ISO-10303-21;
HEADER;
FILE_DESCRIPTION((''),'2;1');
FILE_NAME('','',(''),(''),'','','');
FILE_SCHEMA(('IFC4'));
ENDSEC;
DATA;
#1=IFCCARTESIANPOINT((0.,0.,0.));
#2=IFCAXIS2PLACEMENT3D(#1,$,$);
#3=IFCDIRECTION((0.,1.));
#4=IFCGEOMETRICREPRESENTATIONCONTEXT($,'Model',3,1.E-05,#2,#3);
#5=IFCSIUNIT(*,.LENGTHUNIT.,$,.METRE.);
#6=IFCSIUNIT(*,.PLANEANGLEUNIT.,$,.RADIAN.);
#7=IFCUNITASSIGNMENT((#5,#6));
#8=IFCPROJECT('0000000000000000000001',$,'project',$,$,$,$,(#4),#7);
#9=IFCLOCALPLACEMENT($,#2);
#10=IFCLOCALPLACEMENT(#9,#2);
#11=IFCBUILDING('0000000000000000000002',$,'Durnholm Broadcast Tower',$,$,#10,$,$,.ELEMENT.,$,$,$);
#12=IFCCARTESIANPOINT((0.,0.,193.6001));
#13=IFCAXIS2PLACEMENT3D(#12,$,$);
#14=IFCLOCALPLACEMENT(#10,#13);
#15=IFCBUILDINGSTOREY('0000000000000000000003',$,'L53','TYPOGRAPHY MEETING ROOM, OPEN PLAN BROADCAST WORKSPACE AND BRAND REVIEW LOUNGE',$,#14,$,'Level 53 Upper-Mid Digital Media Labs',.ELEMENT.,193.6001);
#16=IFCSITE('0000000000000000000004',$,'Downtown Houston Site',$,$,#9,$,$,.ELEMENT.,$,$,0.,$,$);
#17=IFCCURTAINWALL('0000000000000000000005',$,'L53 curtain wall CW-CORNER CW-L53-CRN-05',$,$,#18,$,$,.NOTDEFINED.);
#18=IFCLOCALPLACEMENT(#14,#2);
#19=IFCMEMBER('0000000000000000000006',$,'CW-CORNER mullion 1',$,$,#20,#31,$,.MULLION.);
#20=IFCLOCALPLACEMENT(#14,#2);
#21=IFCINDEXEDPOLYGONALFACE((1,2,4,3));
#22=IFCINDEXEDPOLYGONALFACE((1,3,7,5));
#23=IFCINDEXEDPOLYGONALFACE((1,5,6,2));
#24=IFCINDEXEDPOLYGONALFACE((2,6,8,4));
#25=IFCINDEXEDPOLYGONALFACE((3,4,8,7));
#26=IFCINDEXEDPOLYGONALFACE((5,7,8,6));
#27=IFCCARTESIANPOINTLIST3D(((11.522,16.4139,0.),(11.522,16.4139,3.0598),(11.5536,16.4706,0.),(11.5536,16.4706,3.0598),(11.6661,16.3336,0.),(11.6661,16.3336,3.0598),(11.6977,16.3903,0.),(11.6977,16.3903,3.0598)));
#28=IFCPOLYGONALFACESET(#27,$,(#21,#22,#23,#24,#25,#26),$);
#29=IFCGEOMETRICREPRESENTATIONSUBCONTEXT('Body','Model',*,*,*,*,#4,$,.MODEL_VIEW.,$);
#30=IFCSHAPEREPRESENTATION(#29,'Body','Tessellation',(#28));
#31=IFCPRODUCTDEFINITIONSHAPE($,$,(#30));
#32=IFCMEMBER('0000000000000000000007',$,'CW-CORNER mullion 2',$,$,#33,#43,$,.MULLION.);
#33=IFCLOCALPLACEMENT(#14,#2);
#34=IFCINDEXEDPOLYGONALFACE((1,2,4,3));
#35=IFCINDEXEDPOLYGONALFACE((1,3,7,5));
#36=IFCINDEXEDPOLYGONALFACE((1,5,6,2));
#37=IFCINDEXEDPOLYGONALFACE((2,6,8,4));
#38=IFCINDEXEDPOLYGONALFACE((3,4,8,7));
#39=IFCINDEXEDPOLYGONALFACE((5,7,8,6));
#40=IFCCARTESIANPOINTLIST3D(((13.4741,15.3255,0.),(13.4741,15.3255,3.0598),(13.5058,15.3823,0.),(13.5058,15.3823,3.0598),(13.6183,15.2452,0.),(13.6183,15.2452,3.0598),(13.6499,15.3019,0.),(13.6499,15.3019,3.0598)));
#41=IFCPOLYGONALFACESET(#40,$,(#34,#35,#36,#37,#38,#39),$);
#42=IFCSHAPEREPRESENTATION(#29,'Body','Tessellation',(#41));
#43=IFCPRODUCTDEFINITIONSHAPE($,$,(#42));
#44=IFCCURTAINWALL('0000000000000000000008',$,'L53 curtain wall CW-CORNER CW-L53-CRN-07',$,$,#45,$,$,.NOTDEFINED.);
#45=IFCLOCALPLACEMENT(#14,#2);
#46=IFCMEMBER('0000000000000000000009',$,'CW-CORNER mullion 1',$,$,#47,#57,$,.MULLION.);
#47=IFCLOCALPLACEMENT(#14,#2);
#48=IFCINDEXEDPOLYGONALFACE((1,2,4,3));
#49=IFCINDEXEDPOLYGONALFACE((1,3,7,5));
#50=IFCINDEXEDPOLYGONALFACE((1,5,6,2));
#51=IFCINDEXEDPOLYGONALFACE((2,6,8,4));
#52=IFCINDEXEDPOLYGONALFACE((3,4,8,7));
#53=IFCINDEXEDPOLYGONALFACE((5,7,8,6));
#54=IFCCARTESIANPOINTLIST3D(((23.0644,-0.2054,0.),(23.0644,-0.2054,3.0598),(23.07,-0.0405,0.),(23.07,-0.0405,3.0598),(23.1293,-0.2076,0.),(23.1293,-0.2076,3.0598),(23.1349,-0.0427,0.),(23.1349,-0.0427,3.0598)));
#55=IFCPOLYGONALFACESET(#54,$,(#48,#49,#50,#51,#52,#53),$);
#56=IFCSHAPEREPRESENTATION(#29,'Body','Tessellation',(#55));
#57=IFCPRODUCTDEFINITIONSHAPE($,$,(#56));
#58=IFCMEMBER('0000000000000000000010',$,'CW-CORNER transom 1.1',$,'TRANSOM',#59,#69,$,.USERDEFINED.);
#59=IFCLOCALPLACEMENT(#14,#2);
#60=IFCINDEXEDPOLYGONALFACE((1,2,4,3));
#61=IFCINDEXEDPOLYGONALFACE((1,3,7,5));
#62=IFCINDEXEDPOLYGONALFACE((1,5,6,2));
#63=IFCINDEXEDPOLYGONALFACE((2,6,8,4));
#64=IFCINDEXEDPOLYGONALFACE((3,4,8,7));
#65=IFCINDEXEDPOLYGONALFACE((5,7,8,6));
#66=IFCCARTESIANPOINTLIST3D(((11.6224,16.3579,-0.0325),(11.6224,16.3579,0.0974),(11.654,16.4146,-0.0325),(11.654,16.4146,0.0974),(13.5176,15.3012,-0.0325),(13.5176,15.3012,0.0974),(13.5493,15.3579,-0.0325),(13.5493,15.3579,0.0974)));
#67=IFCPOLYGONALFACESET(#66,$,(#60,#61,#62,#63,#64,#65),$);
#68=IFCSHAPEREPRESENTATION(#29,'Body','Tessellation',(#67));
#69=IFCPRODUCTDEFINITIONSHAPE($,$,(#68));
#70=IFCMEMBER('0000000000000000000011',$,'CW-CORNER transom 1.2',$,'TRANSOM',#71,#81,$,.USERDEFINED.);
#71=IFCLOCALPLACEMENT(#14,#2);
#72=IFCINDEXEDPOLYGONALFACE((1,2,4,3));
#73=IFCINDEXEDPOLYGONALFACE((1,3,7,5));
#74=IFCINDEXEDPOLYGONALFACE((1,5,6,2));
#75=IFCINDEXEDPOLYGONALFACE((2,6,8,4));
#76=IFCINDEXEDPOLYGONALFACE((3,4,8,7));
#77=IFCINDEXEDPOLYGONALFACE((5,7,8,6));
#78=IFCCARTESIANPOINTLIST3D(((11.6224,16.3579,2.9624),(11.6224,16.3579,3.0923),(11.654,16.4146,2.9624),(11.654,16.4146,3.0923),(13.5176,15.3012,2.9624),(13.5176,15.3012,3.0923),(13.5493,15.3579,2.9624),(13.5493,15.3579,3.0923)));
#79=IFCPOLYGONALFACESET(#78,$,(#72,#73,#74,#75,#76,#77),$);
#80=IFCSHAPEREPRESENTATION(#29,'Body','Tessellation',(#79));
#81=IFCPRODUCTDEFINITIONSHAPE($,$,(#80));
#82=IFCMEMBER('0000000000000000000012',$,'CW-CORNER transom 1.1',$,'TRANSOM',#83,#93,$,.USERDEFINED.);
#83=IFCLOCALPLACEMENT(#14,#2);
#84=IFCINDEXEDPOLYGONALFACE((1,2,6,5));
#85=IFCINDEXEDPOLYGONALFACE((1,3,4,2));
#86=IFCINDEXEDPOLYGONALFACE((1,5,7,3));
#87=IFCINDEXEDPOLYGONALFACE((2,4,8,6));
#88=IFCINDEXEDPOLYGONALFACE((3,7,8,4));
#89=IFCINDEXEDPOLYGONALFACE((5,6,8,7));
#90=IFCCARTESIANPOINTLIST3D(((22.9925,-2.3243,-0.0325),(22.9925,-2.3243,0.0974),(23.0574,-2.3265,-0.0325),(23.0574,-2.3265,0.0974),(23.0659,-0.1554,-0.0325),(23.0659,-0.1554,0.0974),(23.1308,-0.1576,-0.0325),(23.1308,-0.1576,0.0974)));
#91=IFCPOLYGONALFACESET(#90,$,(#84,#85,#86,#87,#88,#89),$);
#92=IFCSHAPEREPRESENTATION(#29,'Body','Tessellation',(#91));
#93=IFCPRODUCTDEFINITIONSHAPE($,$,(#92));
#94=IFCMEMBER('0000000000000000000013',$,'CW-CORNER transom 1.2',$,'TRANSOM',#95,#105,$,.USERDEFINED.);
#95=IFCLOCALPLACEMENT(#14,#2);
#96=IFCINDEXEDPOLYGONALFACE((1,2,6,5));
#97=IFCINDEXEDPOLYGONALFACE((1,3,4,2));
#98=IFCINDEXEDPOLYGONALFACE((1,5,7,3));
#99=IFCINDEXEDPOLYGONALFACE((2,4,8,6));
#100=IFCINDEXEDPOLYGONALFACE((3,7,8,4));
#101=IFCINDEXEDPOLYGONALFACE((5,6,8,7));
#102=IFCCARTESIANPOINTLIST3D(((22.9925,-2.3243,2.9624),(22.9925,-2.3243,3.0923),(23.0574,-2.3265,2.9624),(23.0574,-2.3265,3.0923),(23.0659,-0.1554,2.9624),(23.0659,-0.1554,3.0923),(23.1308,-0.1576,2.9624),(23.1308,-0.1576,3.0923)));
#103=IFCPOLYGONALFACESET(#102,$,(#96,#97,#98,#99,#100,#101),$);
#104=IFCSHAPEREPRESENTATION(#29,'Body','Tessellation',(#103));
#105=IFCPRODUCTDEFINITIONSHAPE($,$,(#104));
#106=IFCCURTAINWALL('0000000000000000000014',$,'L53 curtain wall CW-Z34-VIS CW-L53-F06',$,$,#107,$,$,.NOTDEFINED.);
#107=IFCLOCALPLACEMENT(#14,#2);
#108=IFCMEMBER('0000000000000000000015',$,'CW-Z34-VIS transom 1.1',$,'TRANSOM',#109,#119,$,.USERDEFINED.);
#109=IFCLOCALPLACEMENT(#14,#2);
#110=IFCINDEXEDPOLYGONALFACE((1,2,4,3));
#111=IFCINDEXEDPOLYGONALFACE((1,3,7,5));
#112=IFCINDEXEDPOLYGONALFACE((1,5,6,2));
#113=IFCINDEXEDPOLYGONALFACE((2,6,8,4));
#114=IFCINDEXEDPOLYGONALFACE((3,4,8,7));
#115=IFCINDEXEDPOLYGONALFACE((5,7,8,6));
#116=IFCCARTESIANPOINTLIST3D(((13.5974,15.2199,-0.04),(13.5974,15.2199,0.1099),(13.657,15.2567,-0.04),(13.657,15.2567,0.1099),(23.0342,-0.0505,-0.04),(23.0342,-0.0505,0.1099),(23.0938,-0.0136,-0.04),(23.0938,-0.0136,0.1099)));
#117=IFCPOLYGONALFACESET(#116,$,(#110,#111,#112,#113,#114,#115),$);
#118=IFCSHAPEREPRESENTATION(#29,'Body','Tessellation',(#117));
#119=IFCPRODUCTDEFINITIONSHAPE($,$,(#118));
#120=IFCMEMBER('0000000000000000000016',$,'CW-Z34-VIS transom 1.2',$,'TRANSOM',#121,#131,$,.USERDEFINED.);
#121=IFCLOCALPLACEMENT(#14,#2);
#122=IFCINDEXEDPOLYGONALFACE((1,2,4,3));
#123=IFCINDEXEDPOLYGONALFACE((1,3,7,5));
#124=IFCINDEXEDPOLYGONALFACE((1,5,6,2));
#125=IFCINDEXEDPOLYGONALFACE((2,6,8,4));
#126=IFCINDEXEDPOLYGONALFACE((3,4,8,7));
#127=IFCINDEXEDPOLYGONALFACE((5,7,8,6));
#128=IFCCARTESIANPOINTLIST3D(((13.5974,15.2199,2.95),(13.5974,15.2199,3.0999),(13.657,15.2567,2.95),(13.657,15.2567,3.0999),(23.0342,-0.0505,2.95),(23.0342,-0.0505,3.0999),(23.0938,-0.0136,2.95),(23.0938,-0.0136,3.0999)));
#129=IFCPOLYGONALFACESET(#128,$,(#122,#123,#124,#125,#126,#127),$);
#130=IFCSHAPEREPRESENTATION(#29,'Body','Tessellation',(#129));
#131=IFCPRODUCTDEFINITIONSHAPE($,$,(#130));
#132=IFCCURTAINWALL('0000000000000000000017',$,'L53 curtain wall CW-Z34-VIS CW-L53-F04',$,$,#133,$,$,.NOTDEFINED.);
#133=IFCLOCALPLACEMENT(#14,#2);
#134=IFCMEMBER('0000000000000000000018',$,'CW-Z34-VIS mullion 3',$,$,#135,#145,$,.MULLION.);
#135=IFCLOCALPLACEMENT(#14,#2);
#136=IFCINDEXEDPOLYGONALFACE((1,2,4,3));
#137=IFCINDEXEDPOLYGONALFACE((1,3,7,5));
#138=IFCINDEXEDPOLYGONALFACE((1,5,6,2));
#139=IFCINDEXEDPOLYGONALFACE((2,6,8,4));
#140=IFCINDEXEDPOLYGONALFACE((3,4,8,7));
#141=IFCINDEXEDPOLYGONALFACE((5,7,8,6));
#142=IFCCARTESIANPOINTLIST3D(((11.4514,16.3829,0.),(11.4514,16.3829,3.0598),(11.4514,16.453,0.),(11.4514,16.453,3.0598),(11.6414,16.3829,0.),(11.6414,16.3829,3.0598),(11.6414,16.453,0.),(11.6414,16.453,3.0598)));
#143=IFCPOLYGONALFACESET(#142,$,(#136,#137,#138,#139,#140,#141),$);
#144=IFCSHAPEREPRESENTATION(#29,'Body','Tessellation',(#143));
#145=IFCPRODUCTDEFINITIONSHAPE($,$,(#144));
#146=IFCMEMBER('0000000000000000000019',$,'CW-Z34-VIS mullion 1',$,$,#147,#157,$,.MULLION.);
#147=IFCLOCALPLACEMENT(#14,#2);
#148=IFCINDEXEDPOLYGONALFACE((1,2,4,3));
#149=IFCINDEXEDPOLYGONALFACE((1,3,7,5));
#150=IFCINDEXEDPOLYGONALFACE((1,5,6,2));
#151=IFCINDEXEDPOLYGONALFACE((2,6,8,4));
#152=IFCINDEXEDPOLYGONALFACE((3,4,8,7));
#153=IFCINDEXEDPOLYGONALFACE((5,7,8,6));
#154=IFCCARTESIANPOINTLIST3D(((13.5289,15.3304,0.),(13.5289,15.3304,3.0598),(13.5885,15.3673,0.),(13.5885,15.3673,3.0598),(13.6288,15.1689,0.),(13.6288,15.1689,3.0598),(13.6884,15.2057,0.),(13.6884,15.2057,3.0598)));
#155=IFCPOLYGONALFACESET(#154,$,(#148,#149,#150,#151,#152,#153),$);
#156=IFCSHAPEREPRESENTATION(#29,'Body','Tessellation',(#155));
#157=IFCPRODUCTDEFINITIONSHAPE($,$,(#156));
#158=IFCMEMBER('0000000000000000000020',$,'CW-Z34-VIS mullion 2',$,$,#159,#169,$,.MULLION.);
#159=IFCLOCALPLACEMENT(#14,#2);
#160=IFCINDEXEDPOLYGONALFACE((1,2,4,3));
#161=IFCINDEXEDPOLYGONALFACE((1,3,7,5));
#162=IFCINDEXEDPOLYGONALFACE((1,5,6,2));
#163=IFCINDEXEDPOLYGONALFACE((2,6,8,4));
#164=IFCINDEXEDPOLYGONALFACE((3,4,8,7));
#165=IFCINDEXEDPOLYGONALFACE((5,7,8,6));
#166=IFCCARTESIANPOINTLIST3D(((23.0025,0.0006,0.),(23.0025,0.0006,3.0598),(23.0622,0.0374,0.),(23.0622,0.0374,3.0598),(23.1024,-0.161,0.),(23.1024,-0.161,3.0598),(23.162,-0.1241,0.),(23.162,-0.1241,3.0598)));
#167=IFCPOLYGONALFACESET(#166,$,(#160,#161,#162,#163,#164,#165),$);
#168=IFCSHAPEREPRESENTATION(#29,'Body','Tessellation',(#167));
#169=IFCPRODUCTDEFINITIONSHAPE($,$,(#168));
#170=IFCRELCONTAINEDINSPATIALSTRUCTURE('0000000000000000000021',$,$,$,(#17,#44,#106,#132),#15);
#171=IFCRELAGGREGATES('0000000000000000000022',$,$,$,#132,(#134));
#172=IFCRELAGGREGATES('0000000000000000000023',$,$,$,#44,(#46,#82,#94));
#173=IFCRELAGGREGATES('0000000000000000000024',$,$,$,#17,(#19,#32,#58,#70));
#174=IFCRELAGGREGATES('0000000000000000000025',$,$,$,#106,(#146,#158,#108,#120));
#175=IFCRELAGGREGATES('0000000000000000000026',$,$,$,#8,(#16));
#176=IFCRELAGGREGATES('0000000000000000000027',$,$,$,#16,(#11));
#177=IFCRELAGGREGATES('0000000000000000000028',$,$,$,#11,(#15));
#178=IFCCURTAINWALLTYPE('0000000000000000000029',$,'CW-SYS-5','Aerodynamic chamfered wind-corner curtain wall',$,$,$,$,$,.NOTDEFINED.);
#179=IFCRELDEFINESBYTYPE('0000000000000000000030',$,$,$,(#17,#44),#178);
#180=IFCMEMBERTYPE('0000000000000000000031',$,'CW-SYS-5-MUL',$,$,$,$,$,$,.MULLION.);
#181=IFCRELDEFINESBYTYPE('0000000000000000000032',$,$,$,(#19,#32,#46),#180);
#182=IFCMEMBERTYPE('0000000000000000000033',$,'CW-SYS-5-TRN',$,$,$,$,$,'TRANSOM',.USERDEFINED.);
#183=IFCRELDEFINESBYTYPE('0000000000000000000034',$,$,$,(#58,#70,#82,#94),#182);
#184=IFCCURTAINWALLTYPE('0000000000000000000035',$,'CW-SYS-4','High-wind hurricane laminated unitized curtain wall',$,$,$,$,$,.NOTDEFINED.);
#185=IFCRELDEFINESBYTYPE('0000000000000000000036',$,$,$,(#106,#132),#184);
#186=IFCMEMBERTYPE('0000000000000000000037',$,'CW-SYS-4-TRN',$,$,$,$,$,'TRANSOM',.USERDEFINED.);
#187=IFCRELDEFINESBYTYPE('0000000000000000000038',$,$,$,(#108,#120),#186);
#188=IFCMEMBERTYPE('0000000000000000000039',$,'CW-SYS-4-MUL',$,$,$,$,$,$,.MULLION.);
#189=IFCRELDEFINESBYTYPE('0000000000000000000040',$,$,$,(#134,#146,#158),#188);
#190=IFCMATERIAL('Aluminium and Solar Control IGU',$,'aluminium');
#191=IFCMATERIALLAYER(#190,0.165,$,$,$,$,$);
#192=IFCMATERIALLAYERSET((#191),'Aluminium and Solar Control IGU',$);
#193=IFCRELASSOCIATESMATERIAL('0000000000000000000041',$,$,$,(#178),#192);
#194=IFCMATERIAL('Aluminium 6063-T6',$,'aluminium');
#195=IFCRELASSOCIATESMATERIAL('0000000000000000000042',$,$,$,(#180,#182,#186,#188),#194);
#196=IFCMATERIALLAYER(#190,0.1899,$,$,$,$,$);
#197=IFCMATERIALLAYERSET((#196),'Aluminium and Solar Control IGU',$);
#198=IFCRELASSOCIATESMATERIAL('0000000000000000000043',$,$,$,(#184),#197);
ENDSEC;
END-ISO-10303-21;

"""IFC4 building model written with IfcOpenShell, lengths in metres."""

from ifc_helpers import new_model, si_unit, direction, frame, origin, origin_2d, place, context, subcontext, project, spatial, rectangle, extrude, source, transform, mapped, material, layer, layer_set, material_profile, profile_set, type_object, type_shapes, element, aggregate, save


model = new_model("IFC4")

# Units and contexts
model_context = context("Model", 3, precision=1e-05, world=origin(), true_north=direction((0.0, 1.0)))
body_context = subcontext(model_context, "Body", "Model", "MODEL_VIEW")
ifc_project = project(units=[si_unit("LENGTHUNIT", "METRE"), si_unit("PLANEANGLEUNIT", "RADIAN")], contexts=[model_context])

# Site, building, storey
site_placement = place(None, origin())
site = spatial("IfcSite", under=ifc_project, at=site_placement, Name="Downtown Houston Site", CompositionType="ELEMENT", RefElevation=0.0)
building_placement = place(site_placement, origin())
building = spatial("IfcBuilding", under=site, at=building_placement, Name="Durnholm Broadcast Tower", CompositionType="ELEMENT")
storey_placement = place(building_placement, frame((0.0, 0.0, 193.6001)))
storey = spatial("IfcBuildingStorey", under=building, at=storey_placement, Name="L53", Description="TYPOGRAPHY MEETING ROOM, OPEN PLAN BROADCAST WORKSPACE AND BRAND REVIEW LOUNGE", LongName="Level 53 Upper-Mid Digital Media Labs", CompositionType="ELEMENT", Elevation=193.6001)

# Curtain wall, members
ifc_material_1 = material(Name="Aluminium and Solar Control IGU", Category="aluminium")
ifc_layer_1 = layer(ifc_material_1, 0.165)
ifc_layer_set_1 = layer_set([ifc_layer_1], Name="Aluminium and Solar Control IGU")
curtain_wall_type_1 = type_object("IfcCurtainWallType", Name="CW-SYS-5", Description="Aerodynamic chamfered wind-corner curtain wall", PredefinedType="NOTDEFINED", material=ifc_layer_set_1)
curtain_wall_1_placement = place(storey_placement, origin())
curtain_wall_1 = element("IfcCurtainWall", 1, at=curtain_wall_1_placement, inside=storey, type_object=curtain_wall_type_1, Name="L53 curtain wall CW-CORNER CW-L53-CRN-05", PredefinedType="NOTDEFINED")
ifc_material_2 = material(Name="Aluminium 6063-T6", Category="aluminium")
ifc_material_profile_1 = material_profile(ifc_material_2, rectangle(XDim=0.0649, YDim=0.165, at=origin_2d()), Name="CWM65X165")
ifc_profile_set_1 = profile_set([ifc_material_profile_1], Name="Aluminium 6063-T6")
member_type_1 = type_object("IfcMemberType", Name="CW-SYS-5-MUL", PredefinedType="MULLION", material=ifc_profile_set_1)
shared_shape_1 = source(origin(), body_context, "Body", "SweptSolid", [
    extrude(rectangle(XDim=0.0649, YDim=0.165, at=origin_2d()), origin(), (0.0, 0.0, 1.0), 3.0598),
])
type_shapes(member_type_1, [shared_shape_1])
member_1_placement = place(storey_placement, frame((11.6099, 16.4021, 0.0), z_axis=(0.0, 0.0, 1.0), x_axis=(0.486986, 0.87341, 0.0)))
member_1 = element("IfcMember", 2, at=member_1_placement, type_object=member_type_1, Name="CW-CORNER mullion 1", PredefinedType="MULLION", context=body_context, shape_type="MappedRepresentation", body=[
    mapped(shared_shape_1, transform((0.0, 0.0, 0.0), x_axis=(1.0, 0.0, 0.0), y_axis=(0.0, 1.0, 0.0), z_axis=(0.0, 0.0, 1.0), scale=1.0)),
])
member_2_placement = place(storey_placement, frame((13.562, 15.3137, 0.0), z_axis=(0.0, 0.0, 1.0), x_axis=(0.486986, 0.87341, 0.0)))
member_2 = element("IfcMember", 3, at=member_2_placement, type_object=member_type_1, Name="CW-CORNER mullion 2", PredefinedType="MULLION", context=body_context, shape_type="MappedRepresentation", body=[
    mapped(shared_shape_1, transform((0.0, 0.0, 0.0), x_axis=(1.0, 0.0, 0.0), y_axis=(0.0, 1.0, 0.0), z_axis=(0.0, 0.0, 1.0), scale=1.0)),
])

# Curtain wall, member
curtain_wall_2_placement = place(storey_placement, origin())
curtain_wall_2 = element("IfcCurtainWall", 4, at=curtain_wall_2_placement, inside=storey, type_object=curtain_wall_type_1, Name="L53 curtain wall CW-CORNER CW-L53-CRN-07", PredefinedType="NOTDEFINED")
member_3_placement = place(storey_placement, frame((23.0996, -0.124, 0.0), z_axis=(0.0, 0.0, 1.0), x_axis=(0.999425, -0.033913, 0.0)))
member_3 = element("IfcMember", 5, at=member_3_placement, type_object=member_type_1, Name="CW-CORNER mullion 1", PredefinedType="MULLION", context=body_context, shape_type="MappedRepresentation", body=[
    mapped(shared_shape_1, transform((0.0, 0.0, 0.0), x_axis=(1.0, 0.0, 0.0), y_axis=(0.0, 1.0, 0.0), z_axis=(0.0, 0.0, 1.0), scale=1.0)),
])

# Members
ifc_material_profile_2 = material_profile(ifc_material_2, rectangle(XDim=0.0649, YDim=0.1299, at=origin_2d()), Name="CWT65X130")
ifc_profile_set_2 = profile_set([ifc_material_profile_2], Name="Aluminium 6063-T6")
member_type_2 = type_object("IfcMemberType", Name="CW-SYS-5-TRN", ElementType="TRANSOM", PredefinedType="USERDEFINED", material=ifc_profile_set_2)
shared_shape_2 = source(origin(), body_context, "Body", "SweptSolid", [
    extrude(rectangle(XDim=0.0649, YDim=0.1299, at=origin_2d()), origin(), (0.0, 0.0, 1.0), 2.1699),
])
member_4_placement = place(storey_placement, frame((11.6382, 16.3862, 0.0325), z_axis=(0.873429, -0.486951, 0.0), x_axis=(0.486951, 0.873429, 0.0)))
member_4 = element("IfcMember", 6, at=member_4_placement, type_object=member_type_2, Name="CW-CORNER transom 1.1", ObjectType="TRANSOM", PredefinedType="USERDEFINED", context=body_context, shape_type="MappedRepresentation", body=[
    mapped(shared_shape_2, transform((0.0, 0.0, 0.0), x_axis=(1.0, 0.0, 0.0), y_axis=(0.0, 1.0, 0.0), z_axis=(0.0, 0.0, 1.0), scale=1.0)),
])
member_5_placement = place(storey_placement, frame((11.6382, 16.3862, 3.0273), z_axis=(0.873429, -0.486951, 0.0), x_axis=(0.486951, 0.873429, 0.0)))
member_5 = element("IfcMember", 7, at=member_5_placement, type_object=member_type_2, Name="CW-CORNER transom 1.2", ObjectType="TRANSOM", PredefinedType="USERDEFINED", context=body_context, shape_type="MappedRepresentation", body=[
    mapped(shared_shape_2, transform((0.0, 0.0, 0.0), x_axis=(1.0, 0.0, 0.0), y_axis=(0.0, 1.0, 0.0), z_axis=(0.0, 0.0, 1.0), scale=1.0)),
])
shared_shape_3 = source(origin(), body_context, "Body", "SweptSolid", [
    extrude(rectangle(XDim=0.0649, YDim=0.1299, at=origin_2d()), origin(), (0.0, 0.0, 1.0), 2.1702),
])
type_shapes(member_type_2, [shared_shape_2, shared_shape_3])
member_6_placement = place(storey_placement, frame((23.0984, -0.1565, 0.0325), z_axis=(-0.033862, -0.999427, 0.0), x_axis=(0.999427, -0.033862, 0.0)))
member_6 = element("IfcMember", 8, at=member_6_placement, type_object=member_type_2, Name="CW-CORNER transom 1.1", ObjectType="TRANSOM", PredefinedType="USERDEFINED", context=body_context, shape_type="MappedRepresentation", body=[
    mapped(shared_shape_3, transform((0.0, 0.0, 0.0), x_axis=(1.0, 0.0, 0.0), y_axis=(0.0, 1.0, 0.0), z_axis=(0.0, 0.0, 1.0), scale=1.0)),
])
member_7_placement = place(storey_placement, frame((23.0984, -0.1565, 3.0273), z_axis=(-0.033862, -0.999427, 0.0), x_axis=(0.999427, -0.033862, 0.0)))
member_7 = element("IfcMember", 9, at=member_7_placement, type_object=member_type_2, Name="CW-CORNER transom 1.2", ObjectType="TRANSOM", PredefinedType="USERDEFINED", context=body_context, shape_type="MappedRepresentation", body=[
    mapped(shared_shape_3, transform((0.0, 0.0, 0.0), x_axis=(1.0, 0.0, 0.0), y_axis=(0.0, 1.0, 0.0), z_axis=(0.0, 0.0, 1.0), scale=1.0)),
])

# Curtain wall, members
ifc_layer_2 = layer(ifc_material_1, 0.1899)
ifc_layer_set_2 = layer_set([ifc_layer_2], Name="Aluminium and Solar Control IGU")
curtain_wall_type_2 = type_object("IfcCurtainWallType", Name="CW-SYS-4", Description="High-wind hurricane laminated unitized curtain wall", PredefinedType="NOTDEFINED", material=ifc_layer_set_2)
curtain_wall_3_placement = place(storey_placement, origin())
curtain_wall_3 = element("IfcCurtainWall", 10, at=curtain_wall_3_placement, inside=storey, type_object=curtain_wall_type_2, Name="L53 curtain wall CW-Z34-VIS CW-L53-F06", PredefinedType="NOTDEFINED")
ifc_material_profile_3 = material_profile(ifc_material_2, rectangle(XDim=0.0701, YDim=0.1499, at=origin_2d()), Name="CWT70X150")
ifc_profile_set_3 = profile_set([ifc_material_profile_3], Name="Aluminium 6063-T6")
member_type_3 = type_object("IfcMemberType", Name="CW-SYS-4-TRN", ElementType="TRANSOM", PredefinedType="USERDEFINED", material=ifc_profile_set_3)
shared_shape_4 = source(origin(), body_context, "Body", "SweptSolid", [
    extrude(rectangle(XDim=0.0701, YDim=0.1499, at=origin_2d()), origin(), (0.0, 0.0, 1.0), 17.9509),
])
type_shapes(member_type_3, [shared_shape_4])
member_8_placement = place(storey_placement, frame((13.6272, 15.2383, 0.0349), z_axis=(0.5257, -0.85067, 0.0), x_axis=(0.85067, 0.5257, 0.0)))
member_8 = element("IfcMember", 11, at=member_8_placement, type_object=member_type_3, Name="CW-Z34-VIS transom 1.1", ObjectType="TRANSOM", PredefinedType="USERDEFINED", context=body_context, shape_type="MappedRepresentation", body=[
    mapped(shared_shape_4, transform((0.0, 0.0, 0.0), x_axis=(1.0, 0.0, 0.0), y_axis=(0.0, 1.0, 0.0), z_axis=(0.0, 0.0, 1.0), scale=1.0)),
])
member_9_placement = place(storey_placement, frame((13.6272, 15.2383, 3.0249), z_axis=(0.5257, -0.85067, 0.0), x_axis=(0.85067, 0.5257, 0.0)))
member_9 = element("IfcMember", 12, at=member_9_placement, type_object=member_type_3, Name="CW-Z34-VIS transom 1.2", ObjectType="TRANSOM", PredefinedType="USERDEFINED", context=body_context, shape_type="MappedRepresentation", body=[
    mapped(shared_shape_4, transform((0.0, 0.0, 0.0), x_axis=(1.0, 0.0, 0.0), y_axis=(0.0, 1.0, 0.0), z_axis=(0.0, 0.0, 1.0), scale=1.0)),
])

# Curtain wall, member
curtain_wall_4_placement = place(storey_placement, origin())
curtain_wall_4 = element("IfcCurtainWall", 13, at=curtain_wall_4_placement, inside=storey, type_object=curtain_wall_type_2, Name="L53 curtain wall CW-Z34-VIS CW-L53-F04", PredefinedType="NOTDEFINED")
ifc_material_profile_4 = material_profile(ifc_material_2, rectangle(XDim=0.0701, YDim=0.1899, at=origin_2d()), Name="CWM70X190")
ifc_profile_set_4 = profile_set([ifc_material_profile_4], Name="Aluminium 6063-T6")
member_type_4 = type_object("IfcMemberType", Name="CW-SYS-4-MUL", PredefinedType="MULLION", material=ifc_profile_set_4)
shared_shape_5 = source(origin(), body_context, "Body", "SweptSolid", [
    extrude(rectangle(XDim=0.0701, YDim=0.1899, at=origin_2d()), origin(), (0.0, 0.0, 1.0), 3.0598),
])
type_shapes(member_type_4, [shared_shape_5])
member_10_placement = place(storey_placement, frame((11.5464, 16.418, 0.0), z_axis=(0.0, 0.0, 1.0), x_axis=(0.0, 1.0, 0.0)))
member_10 = element("IfcMember", 14, at=member_10_placement, type_object=member_type_4, Name="CW-Z34-VIS mullion 3", PredefinedType="MULLION", context=body_context, shape_type="MappedRepresentation", body=[
    mapped(shared_shape_5, transform((0.0, 0.0, 0.0), x_axis=(1.0, 0.0, 0.0), y_axis=(0.0, 1.0, 0.0), z_axis=(0.0, 0.0, 1.0), scale=1.0)),
])
aggregate(curtain_wall_4, [member_10])

# Members
member_11_placement = place(storey_placement, frame((13.6086, 15.2681, 0.0), z_axis=(0.0, 0.0, 1.0), x_axis=(0.850671, 0.525698, 0.0)))
member_11 = element("IfcMember", 15, at=member_11_placement, type_object=member_type_4, Name="CW-Z34-VIS mullion 1", PredefinedType="MULLION", context=body_context, shape_type="MappedRepresentation", body=[
    mapped(shared_shape_5, transform((0.0, 0.0, 0.0), x_axis=(1.0, 0.0, 0.0), y_axis=(0.0, 1.0, 0.0), z_axis=(0.0, 0.0, 1.0), scale=1.0)),
])
member_12_placement = place(storey_placement, frame((23.0823, -0.0618, 0.0), z_axis=(0.0, 0.0, 1.0), x_axis=(0.850671, 0.525698, 0.0)))
member_12 = element("IfcMember", 16, at=member_12_placement, type_object=member_type_4, Name="CW-Z34-VIS mullion 2", PredefinedType="MULLION", context=body_context, shape_type="MappedRepresentation", body=[
    mapped(shared_shape_5, transform((0.0, 0.0, 0.0), x_axis=(1.0, 0.0, 0.0), y_axis=(0.0, 1.0, 0.0), z_axis=(0.0, 0.0, 1.0), scale=1.0)),
])

aggregate(curtain_wall_2, [member_3, member_6, member_7])
aggregate(curtain_wall_1, [member_1, member_2, member_4, member_5])
aggregate(curtain_wall_3, [member_11, member_12, member_8, member_9])

save(model, "model.ifc")
